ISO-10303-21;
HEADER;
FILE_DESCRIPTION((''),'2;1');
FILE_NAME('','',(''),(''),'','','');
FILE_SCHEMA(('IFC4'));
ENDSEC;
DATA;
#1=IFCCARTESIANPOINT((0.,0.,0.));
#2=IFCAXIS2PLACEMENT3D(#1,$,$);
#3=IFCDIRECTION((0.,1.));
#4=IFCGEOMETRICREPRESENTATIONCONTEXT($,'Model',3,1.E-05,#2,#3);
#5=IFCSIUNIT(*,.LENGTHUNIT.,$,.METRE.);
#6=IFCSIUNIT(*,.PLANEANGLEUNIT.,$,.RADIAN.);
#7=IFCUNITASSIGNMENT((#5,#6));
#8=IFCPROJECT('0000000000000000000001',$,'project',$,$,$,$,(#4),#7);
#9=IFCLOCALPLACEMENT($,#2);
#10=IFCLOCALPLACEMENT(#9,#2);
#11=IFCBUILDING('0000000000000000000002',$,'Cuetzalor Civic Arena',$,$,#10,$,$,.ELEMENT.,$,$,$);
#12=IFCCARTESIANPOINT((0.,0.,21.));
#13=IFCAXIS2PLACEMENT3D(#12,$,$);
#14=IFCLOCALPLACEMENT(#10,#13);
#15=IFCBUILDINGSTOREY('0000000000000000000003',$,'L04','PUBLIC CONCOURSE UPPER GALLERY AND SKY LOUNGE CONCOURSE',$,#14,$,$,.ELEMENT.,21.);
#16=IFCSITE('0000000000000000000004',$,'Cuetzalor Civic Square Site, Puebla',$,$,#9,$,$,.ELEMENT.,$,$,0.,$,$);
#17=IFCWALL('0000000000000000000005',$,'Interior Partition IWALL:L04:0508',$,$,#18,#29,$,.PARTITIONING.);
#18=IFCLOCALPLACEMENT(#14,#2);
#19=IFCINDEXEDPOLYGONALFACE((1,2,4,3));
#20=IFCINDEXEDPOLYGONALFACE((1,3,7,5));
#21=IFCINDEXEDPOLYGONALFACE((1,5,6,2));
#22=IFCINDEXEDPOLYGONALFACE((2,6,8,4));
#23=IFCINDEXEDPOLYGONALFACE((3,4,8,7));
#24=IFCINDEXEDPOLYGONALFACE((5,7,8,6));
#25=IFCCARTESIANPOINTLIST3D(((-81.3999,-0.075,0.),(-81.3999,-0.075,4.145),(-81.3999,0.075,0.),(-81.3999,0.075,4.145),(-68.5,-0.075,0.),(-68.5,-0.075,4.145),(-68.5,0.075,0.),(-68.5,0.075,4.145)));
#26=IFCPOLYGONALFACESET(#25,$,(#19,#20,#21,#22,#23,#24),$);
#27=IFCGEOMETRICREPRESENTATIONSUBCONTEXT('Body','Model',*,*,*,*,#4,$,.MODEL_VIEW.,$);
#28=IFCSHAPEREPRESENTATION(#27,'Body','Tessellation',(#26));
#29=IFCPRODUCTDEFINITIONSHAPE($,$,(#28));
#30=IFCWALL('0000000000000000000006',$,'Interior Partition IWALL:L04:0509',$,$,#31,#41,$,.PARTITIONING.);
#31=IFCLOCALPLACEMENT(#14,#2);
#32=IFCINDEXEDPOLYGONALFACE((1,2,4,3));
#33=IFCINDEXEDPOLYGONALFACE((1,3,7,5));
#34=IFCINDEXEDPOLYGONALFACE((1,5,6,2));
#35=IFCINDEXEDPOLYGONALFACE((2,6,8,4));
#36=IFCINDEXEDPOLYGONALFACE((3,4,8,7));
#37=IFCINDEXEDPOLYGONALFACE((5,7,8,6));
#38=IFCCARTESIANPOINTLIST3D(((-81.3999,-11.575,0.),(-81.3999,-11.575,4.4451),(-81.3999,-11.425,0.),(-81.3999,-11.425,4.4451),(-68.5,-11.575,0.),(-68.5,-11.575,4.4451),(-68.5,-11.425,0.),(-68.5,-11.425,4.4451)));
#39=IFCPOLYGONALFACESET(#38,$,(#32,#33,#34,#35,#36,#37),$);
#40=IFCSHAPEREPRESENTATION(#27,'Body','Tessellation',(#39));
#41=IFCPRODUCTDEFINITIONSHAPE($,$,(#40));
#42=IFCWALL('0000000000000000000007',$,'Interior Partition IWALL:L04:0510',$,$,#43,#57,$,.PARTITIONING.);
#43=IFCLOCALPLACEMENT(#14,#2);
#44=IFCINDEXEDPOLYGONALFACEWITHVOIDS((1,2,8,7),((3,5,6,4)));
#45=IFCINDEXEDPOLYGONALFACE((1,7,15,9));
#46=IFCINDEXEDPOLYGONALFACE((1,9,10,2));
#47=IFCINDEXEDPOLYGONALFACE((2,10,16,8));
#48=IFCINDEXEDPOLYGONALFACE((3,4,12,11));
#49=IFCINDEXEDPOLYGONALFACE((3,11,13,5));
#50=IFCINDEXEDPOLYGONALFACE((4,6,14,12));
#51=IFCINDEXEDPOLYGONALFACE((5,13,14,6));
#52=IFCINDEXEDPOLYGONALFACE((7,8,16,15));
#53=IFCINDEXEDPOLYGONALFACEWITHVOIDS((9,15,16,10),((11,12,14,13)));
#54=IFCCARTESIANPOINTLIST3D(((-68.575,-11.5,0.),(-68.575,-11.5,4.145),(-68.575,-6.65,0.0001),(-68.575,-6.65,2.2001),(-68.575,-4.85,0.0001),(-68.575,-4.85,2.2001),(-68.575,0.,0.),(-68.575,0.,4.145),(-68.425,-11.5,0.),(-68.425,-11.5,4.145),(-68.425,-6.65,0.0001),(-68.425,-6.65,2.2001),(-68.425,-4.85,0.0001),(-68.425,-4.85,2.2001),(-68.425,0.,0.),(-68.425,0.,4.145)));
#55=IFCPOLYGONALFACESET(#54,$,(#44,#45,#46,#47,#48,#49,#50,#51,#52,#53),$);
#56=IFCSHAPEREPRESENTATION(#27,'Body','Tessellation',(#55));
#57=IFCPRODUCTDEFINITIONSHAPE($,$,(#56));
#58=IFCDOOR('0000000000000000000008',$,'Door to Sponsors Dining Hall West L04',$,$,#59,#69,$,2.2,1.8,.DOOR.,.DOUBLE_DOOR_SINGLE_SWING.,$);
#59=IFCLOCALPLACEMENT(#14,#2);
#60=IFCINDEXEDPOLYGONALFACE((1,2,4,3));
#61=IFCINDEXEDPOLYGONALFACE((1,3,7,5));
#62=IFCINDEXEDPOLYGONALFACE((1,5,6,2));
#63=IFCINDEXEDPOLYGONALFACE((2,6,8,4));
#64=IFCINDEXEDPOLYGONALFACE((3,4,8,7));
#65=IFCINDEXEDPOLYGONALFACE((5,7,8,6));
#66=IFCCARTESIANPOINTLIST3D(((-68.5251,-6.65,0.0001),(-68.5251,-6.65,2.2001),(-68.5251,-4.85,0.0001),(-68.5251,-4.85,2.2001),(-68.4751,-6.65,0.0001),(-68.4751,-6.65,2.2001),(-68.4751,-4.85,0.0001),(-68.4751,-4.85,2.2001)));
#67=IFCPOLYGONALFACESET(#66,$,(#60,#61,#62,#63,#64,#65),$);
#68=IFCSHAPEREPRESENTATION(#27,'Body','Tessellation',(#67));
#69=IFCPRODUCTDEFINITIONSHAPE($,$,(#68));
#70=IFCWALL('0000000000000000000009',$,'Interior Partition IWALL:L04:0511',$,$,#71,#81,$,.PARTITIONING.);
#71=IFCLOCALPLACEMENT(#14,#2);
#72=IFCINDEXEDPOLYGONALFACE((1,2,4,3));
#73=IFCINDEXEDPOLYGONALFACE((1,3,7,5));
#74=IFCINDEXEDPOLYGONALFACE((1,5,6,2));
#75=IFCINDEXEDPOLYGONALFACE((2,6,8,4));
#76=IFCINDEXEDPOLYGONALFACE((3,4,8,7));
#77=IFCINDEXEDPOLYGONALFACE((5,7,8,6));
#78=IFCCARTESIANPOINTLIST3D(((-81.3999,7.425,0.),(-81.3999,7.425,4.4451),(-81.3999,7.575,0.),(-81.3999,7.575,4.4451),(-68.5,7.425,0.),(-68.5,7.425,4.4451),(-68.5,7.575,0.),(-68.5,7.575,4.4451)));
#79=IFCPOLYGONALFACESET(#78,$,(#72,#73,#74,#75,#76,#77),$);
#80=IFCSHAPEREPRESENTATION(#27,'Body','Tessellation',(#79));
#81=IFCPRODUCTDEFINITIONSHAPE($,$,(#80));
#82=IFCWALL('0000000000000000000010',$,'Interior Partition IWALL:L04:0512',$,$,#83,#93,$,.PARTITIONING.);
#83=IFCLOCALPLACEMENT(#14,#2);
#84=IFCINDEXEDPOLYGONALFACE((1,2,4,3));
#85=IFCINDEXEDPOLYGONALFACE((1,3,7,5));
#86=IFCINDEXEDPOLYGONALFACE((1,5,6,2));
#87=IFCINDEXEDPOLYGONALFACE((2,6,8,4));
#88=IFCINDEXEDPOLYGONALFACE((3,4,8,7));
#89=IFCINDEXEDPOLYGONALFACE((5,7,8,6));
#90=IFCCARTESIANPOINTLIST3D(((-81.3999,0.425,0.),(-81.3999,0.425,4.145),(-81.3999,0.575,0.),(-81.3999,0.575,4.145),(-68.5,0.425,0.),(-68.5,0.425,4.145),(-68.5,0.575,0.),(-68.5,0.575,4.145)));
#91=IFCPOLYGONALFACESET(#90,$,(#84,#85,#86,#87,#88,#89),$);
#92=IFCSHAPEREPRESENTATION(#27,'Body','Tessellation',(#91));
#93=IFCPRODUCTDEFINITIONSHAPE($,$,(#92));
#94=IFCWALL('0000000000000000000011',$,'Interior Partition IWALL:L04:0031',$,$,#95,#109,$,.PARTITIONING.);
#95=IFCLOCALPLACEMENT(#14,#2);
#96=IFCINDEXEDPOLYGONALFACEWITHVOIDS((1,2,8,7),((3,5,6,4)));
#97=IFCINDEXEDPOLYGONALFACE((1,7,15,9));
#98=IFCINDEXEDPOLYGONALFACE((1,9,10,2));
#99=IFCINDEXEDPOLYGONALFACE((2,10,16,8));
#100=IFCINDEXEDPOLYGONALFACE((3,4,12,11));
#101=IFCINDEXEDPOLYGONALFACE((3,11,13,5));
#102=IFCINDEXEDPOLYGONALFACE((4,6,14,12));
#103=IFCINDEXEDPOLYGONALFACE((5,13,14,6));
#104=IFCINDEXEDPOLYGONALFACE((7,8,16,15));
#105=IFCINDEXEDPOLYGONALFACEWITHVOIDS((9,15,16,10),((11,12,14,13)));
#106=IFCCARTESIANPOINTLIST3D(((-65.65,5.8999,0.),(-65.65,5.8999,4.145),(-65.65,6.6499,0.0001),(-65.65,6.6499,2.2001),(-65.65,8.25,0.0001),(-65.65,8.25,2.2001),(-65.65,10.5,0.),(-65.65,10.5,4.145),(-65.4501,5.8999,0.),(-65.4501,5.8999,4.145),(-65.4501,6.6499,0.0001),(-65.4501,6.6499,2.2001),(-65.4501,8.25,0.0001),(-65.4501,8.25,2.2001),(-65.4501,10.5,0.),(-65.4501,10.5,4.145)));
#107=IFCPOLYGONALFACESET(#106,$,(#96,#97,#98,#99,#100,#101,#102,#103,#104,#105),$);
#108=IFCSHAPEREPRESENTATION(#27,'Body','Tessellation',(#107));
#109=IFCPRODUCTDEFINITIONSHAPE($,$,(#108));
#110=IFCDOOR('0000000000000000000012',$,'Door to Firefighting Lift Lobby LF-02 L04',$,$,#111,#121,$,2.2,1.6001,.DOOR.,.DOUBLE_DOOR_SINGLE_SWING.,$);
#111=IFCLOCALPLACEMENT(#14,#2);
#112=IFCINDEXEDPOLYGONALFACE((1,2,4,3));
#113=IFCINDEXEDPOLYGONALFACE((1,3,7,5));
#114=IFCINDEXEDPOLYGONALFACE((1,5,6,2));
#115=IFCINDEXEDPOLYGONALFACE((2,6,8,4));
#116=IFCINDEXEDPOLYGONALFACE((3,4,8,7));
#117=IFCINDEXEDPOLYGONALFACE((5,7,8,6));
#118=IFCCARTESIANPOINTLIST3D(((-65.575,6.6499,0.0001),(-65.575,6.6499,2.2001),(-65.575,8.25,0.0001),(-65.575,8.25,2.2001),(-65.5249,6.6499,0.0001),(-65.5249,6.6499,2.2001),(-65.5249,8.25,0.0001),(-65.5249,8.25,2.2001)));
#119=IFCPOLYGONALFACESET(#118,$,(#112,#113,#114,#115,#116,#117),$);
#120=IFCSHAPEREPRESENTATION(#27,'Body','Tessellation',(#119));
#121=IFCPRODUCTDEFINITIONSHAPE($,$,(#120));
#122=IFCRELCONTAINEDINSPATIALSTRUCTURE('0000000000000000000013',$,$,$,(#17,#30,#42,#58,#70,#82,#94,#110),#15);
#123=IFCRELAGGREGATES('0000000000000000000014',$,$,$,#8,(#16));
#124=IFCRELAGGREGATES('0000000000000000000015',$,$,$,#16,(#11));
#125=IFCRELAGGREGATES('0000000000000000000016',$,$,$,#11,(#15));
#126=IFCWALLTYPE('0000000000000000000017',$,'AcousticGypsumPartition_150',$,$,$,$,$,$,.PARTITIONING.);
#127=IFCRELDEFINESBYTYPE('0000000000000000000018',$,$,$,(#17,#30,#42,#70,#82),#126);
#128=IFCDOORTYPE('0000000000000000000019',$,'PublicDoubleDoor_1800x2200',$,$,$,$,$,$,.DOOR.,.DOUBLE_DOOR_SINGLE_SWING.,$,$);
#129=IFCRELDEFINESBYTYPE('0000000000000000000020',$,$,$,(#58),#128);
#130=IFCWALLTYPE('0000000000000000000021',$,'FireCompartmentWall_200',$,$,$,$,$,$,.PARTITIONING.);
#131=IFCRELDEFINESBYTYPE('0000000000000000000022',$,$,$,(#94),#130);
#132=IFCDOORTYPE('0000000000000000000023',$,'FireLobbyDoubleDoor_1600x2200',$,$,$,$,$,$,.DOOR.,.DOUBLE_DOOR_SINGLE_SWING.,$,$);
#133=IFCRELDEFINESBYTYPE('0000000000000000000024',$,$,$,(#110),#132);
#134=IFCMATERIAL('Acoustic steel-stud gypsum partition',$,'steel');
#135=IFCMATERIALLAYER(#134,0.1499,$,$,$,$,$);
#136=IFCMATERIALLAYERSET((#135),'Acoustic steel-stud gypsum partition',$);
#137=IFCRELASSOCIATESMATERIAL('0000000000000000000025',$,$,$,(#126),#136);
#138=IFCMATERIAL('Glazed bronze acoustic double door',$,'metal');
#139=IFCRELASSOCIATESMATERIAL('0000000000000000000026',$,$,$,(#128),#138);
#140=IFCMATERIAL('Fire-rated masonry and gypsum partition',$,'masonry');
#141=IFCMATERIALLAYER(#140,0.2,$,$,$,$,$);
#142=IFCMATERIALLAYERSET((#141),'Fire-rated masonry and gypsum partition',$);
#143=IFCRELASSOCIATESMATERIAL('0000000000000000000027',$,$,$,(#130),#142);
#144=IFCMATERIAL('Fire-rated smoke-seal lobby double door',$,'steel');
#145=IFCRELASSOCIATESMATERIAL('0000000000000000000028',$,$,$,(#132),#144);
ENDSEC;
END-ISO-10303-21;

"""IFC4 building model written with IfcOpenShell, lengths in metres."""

from ifc_helpers import new_model, si_unit, direction, frame, frame_2d, origin, place, context, subcontext, project, spatial, rectangle, extrude, material, layer, layer_set, type_object, element, fill, save


model = new_model("IFC4")

# Units and contexts
model_context = context("Model", 3, precision=1e-05, world=origin(), true_north=direction((0.0, 1.0)))
body_context = subcontext(model_context, "Body", "Model", "MODEL_VIEW")
ifc_project = project(units=[si_unit("LENGTHUNIT", "METRE"), si_unit("PLANEANGLEUNIT", "RADIAN")], contexts=[model_context])

# Site, building, storey
site_placement = place(None, origin())
site = spatial("IfcSite", under=ifc_project, at=site_placement, Name="Cuetzalor Civic Square Site, Puebla", CompositionType="ELEMENT", RefElevation=0.0)
building_placement = place(site_placement, origin())
building = spatial("IfcBuilding", under=site, at=building_placement, Name="Cuetzalor Civic Arena", CompositionType="ELEMENT")
storey_placement = place(building_placement, frame((0.0, 0.0, 21.0)))
storey = spatial("IfcBuildingStorey", under=building, at=storey_placement, Name="L04", Description="PUBLIC CONCOURSE UPPER GALLERY AND SKY LOUNGE CONCOURSE", CompositionType="ELEMENT", Elevation=21.0)

# Shared definitions
ifc_material_1 = material(Name="Acoustic steel-stud gypsum partition", Category="steel")
ifc_layer_1 = layer(ifc_material_1, 0.1499)
ifc_layer_set_1 = layer_set([ifc_layer_1], Name="Acoustic steel-stud gypsum partition")
wall_type_1 = type_object("IfcWallType", Name="AcousticGypsumPartition_150", PredefinedType="PARTITIONING", material=ifc_layer_set_1)

# Shared definitions
ifc_material_2 = material(Name="Glazed bronze acoustic double door", Category="metal")
door_type_1 = type_object("IfcDoorType", Name="PublicDoubleDoor_1800x2200", OperationType="DOUBLE_DOOR_SINGLE_SWING", PredefinedType="DOOR", material=ifc_material_2)

# Walls
wall_1_placement = place(storey_placement, frame((-81.3999, 0.0, 0.0), z_axis=(0.0, 0.0, 1.0), x_axis=(1.0, 0.0, 0.0)))
element("IfcWall", 1, at=wall_1_placement, inside=storey, type_object=wall_type_1, Name="Interior Partition IWALL:L04:0508", PredefinedType="PARTITIONING", context=body_context, shape_type="SweptSolid", body=[
    extrude(rectangle(XDim=12.8999, YDim=0.1499, at=frame_2d((6.45, 0.0))), origin(), (0.0, 0.0, 1.0), 4.145),
])
wall_2_placement = place(storey_placement, frame((-68.5, -11.5, 0.0), z_axis=(0.0, 0.0, 1.0), x_axis=(-1.0, 0.0, 0.0)))
element("IfcWall", 2, at=wall_2_placement, inside=storey, type_object=wall_type_1, Name="Interior Partition IWALL:L04:0509", PredefinedType="PARTITIONING", context=body_context, shape_type="SweptSolid", body=[
    extrude(rectangle(XDim=12.8999, YDim=0.1499, at=frame_2d((6.45, 0.0))), origin(), (0.0, 0.0, 1.0), 4.4451),
])

# Wall, opening, door
wall_3_placement = place(storey_placement, frame((-68.5, 0.0, 0.0), z_axis=(0.0, 0.0, 1.0), x_axis=(0.0, -1.0, 0.0)))
wall_3 = element("IfcWall", 3, at=wall_3_placement, inside=storey, type_object=wall_type_1, Name="Interior Partition IWALL:L04:0510", PredefinedType="PARTITIONING", context=body_context, shape_type="SweptSolid", body=[
    extrude(rectangle(XDim=11.5, YDim=0.1499, at=frame_2d((5.75, 0.0))), origin(), (0.0, 0.0, 1.0), 4.145),
])
opening_1_placement = place(wall_3_placement, frame((4.8501, 0.0, 0.0)))
opening_1 = element("IfcOpeningElement", 4, at=opening_1_placement, cuts=wall_3, PredefinedType="OPENING", context=body_context, shape_type="SweptSolid", body=[
    extrude(rectangle(XDim=1.8, YDim=2.2, at=frame_2d((0.8999, 1.1001))), frame((0.0, 0.085, 0.0), z_axis=(0.0, -1.0, 0.0), x_axis=(1.0, 0.0, 0.0)), (0.0, 0.0, 1.0), 0.1699),
])
door_1_placement = place(opening_1_placement, origin())
door_1 = element("IfcDoor", 5, at=door_1_placement, inside=storey, type_object=door_type_1, Name="Door to Sponsors Dining Hall West L04", OperationType="DOUBLE_DOOR_SINGLE_SWING", OverallHeight=2.2, OverallWidth=1.8, PredefinedType="DOOR", context=body_context, shape_type="SweptSolid", body=[
    extrude(rectangle(XDim=1.8, YDim=2.2, at=frame_2d((0.8999, 1.1001))), frame((0.0, 0.0249, 0.0), z_axis=(0.0, -1.0, 0.0), x_axis=(1.0, 0.0, 0.0)), (0.0, 0.0, 1.0), 0.05),
])
fill(opening_1, door_1)

# Walls
wall_4_placement = place(storey_placement, frame((-81.3999, 7.5, 0.0), z_axis=(0.0, 0.0, 1.0), x_axis=(1.0, 0.0, 0.0)))
element("IfcWall", 6, at=wall_4_placement, inside=storey, type_object=wall_type_1, Name="Interior Partition IWALL:L04:0511", PredefinedType="PARTITIONING", context=body_context, shape_type="SweptSolid", body=[
    extrude(rectangle(XDim=12.8999, YDim=0.1499, at=frame_2d((6.45, 0.0))), origin(), (0.0, 0.0, 1.0), 4.4451),
])
wall_5_placement = place(storey_placement, frame((-68.5, 0.5, 0.0), z_axis=(0.0, 0.0, 1.0), x_axis=(-1.0, 0.0, 0.0)))
element("IfcWall", 7, at=wall_5_placement, inside=storey, type_object=wall_type_1, Name="Interior Partition IWALL:L04:0512", PredefinedType="PARTITIONING", context=body_context, shape_type="SweptSolid", body=[
    extrude(rectangle(XDim=12.8999, YDim=0.1499, at=frame_2d((6.45, 0.0))), origin(), (0.0, 0.0, 1.0), 4.145),
])

# Wall, opening, door
ifc_material_3 = material(Name="Fire-rated masonry and gypsum partition", Category="masonry")
ifc_layer_2 = layer(ifc_material_3, 0.2)
ifc_layer_set_2 = layer_set([ifc_layer_2], Name="Fire-rated masonry and gypsum partition")
wall_type_2 = type_object("IfcWallType", Name="FireCompartmentWall_200", PredefinedType="PARTITIONING", material=ifc_layer_set_2)
wall_6_placement = place(storey_placement, frame((-65.55, 5.8999, 0.0), z_axis=(0.0, 0.0, 1.0), x_axis=(0.0, 1.0, 0.0)))
wall_6 = element("IfcWall", 8, at=wall_6_placement, inside=storey, type_object=wall_type_2, Name="Interior Partition IWALL:L04:0031", PredefinedType="PARTITIONING", context=body_context, shape_type="SweptSolid", body=[
    extrude(rectangle(XDim=4.6001, YDim=0.2, at=frame_2d((2.3, 0.0))), origin(), (0.0, 0.0, 1.0), 4.145),
])
opening_2_placement = place(wall_6_placement, frame((0.75, 0.0, 0.0)))
opening_2 = element("IfcOpeningElement", 9, at=opening_2_placement, cuts=wall_6, PredefinedType="OPENING", context=body_context, shape_type="SweptSolid", body=[
    extrude(rectangle(XDim=1.6001, YDim=2.2, at=frame_2d((0.8, 1.1001))), frame((0.0, 0.1099, 0.0), z_axis=(0.0, -1.0, 0.0), x_axis=(1.0, 0.0, 0.0)), (0.0, 0.0, 1.0), 0.22),
])
ifc_material_4 = material(Name="Fire-rated smoke-seal lobby double door", Category="steel")
door_type_2 = type_object("IfcDoorType", Name="FireLobbyDoubleDoor_1600x2200", OperationType="DOUBLE_DOOR_SINGLE_SWING", PredefinedType="DOOR", material=ifc_material_4)
door_2_placement = place(opening_2_placement, origin())
door_2 = element("IfcDoor", 10, at=door_2_placement, inside=storey, type_object=door_type_2, Name="Door to Firefighting Lift Lobby LF-02 L04", OperationType="DOUBLE_DOOR_SINGLE_SWING", OverallHeight=2.2, OverallWidth=1.6001, PredefinedType="DOOR", context=body_context, shape_type="SweptSolid", body=[
    extrude(rectangle(XDim=1.6001, YDim=2.2, at=frame_2d((0.8, 1.1001))), frame((0.0, 0.0249, 0.0), z_axis=(0.0, -1.0, 0.0), x_axis=(1.0, 0.0, 0.0)), (0.0, 0.0, 1.0), 0.05),
])
fill(opening_2, door_2)

save(model, "model.ifc")
